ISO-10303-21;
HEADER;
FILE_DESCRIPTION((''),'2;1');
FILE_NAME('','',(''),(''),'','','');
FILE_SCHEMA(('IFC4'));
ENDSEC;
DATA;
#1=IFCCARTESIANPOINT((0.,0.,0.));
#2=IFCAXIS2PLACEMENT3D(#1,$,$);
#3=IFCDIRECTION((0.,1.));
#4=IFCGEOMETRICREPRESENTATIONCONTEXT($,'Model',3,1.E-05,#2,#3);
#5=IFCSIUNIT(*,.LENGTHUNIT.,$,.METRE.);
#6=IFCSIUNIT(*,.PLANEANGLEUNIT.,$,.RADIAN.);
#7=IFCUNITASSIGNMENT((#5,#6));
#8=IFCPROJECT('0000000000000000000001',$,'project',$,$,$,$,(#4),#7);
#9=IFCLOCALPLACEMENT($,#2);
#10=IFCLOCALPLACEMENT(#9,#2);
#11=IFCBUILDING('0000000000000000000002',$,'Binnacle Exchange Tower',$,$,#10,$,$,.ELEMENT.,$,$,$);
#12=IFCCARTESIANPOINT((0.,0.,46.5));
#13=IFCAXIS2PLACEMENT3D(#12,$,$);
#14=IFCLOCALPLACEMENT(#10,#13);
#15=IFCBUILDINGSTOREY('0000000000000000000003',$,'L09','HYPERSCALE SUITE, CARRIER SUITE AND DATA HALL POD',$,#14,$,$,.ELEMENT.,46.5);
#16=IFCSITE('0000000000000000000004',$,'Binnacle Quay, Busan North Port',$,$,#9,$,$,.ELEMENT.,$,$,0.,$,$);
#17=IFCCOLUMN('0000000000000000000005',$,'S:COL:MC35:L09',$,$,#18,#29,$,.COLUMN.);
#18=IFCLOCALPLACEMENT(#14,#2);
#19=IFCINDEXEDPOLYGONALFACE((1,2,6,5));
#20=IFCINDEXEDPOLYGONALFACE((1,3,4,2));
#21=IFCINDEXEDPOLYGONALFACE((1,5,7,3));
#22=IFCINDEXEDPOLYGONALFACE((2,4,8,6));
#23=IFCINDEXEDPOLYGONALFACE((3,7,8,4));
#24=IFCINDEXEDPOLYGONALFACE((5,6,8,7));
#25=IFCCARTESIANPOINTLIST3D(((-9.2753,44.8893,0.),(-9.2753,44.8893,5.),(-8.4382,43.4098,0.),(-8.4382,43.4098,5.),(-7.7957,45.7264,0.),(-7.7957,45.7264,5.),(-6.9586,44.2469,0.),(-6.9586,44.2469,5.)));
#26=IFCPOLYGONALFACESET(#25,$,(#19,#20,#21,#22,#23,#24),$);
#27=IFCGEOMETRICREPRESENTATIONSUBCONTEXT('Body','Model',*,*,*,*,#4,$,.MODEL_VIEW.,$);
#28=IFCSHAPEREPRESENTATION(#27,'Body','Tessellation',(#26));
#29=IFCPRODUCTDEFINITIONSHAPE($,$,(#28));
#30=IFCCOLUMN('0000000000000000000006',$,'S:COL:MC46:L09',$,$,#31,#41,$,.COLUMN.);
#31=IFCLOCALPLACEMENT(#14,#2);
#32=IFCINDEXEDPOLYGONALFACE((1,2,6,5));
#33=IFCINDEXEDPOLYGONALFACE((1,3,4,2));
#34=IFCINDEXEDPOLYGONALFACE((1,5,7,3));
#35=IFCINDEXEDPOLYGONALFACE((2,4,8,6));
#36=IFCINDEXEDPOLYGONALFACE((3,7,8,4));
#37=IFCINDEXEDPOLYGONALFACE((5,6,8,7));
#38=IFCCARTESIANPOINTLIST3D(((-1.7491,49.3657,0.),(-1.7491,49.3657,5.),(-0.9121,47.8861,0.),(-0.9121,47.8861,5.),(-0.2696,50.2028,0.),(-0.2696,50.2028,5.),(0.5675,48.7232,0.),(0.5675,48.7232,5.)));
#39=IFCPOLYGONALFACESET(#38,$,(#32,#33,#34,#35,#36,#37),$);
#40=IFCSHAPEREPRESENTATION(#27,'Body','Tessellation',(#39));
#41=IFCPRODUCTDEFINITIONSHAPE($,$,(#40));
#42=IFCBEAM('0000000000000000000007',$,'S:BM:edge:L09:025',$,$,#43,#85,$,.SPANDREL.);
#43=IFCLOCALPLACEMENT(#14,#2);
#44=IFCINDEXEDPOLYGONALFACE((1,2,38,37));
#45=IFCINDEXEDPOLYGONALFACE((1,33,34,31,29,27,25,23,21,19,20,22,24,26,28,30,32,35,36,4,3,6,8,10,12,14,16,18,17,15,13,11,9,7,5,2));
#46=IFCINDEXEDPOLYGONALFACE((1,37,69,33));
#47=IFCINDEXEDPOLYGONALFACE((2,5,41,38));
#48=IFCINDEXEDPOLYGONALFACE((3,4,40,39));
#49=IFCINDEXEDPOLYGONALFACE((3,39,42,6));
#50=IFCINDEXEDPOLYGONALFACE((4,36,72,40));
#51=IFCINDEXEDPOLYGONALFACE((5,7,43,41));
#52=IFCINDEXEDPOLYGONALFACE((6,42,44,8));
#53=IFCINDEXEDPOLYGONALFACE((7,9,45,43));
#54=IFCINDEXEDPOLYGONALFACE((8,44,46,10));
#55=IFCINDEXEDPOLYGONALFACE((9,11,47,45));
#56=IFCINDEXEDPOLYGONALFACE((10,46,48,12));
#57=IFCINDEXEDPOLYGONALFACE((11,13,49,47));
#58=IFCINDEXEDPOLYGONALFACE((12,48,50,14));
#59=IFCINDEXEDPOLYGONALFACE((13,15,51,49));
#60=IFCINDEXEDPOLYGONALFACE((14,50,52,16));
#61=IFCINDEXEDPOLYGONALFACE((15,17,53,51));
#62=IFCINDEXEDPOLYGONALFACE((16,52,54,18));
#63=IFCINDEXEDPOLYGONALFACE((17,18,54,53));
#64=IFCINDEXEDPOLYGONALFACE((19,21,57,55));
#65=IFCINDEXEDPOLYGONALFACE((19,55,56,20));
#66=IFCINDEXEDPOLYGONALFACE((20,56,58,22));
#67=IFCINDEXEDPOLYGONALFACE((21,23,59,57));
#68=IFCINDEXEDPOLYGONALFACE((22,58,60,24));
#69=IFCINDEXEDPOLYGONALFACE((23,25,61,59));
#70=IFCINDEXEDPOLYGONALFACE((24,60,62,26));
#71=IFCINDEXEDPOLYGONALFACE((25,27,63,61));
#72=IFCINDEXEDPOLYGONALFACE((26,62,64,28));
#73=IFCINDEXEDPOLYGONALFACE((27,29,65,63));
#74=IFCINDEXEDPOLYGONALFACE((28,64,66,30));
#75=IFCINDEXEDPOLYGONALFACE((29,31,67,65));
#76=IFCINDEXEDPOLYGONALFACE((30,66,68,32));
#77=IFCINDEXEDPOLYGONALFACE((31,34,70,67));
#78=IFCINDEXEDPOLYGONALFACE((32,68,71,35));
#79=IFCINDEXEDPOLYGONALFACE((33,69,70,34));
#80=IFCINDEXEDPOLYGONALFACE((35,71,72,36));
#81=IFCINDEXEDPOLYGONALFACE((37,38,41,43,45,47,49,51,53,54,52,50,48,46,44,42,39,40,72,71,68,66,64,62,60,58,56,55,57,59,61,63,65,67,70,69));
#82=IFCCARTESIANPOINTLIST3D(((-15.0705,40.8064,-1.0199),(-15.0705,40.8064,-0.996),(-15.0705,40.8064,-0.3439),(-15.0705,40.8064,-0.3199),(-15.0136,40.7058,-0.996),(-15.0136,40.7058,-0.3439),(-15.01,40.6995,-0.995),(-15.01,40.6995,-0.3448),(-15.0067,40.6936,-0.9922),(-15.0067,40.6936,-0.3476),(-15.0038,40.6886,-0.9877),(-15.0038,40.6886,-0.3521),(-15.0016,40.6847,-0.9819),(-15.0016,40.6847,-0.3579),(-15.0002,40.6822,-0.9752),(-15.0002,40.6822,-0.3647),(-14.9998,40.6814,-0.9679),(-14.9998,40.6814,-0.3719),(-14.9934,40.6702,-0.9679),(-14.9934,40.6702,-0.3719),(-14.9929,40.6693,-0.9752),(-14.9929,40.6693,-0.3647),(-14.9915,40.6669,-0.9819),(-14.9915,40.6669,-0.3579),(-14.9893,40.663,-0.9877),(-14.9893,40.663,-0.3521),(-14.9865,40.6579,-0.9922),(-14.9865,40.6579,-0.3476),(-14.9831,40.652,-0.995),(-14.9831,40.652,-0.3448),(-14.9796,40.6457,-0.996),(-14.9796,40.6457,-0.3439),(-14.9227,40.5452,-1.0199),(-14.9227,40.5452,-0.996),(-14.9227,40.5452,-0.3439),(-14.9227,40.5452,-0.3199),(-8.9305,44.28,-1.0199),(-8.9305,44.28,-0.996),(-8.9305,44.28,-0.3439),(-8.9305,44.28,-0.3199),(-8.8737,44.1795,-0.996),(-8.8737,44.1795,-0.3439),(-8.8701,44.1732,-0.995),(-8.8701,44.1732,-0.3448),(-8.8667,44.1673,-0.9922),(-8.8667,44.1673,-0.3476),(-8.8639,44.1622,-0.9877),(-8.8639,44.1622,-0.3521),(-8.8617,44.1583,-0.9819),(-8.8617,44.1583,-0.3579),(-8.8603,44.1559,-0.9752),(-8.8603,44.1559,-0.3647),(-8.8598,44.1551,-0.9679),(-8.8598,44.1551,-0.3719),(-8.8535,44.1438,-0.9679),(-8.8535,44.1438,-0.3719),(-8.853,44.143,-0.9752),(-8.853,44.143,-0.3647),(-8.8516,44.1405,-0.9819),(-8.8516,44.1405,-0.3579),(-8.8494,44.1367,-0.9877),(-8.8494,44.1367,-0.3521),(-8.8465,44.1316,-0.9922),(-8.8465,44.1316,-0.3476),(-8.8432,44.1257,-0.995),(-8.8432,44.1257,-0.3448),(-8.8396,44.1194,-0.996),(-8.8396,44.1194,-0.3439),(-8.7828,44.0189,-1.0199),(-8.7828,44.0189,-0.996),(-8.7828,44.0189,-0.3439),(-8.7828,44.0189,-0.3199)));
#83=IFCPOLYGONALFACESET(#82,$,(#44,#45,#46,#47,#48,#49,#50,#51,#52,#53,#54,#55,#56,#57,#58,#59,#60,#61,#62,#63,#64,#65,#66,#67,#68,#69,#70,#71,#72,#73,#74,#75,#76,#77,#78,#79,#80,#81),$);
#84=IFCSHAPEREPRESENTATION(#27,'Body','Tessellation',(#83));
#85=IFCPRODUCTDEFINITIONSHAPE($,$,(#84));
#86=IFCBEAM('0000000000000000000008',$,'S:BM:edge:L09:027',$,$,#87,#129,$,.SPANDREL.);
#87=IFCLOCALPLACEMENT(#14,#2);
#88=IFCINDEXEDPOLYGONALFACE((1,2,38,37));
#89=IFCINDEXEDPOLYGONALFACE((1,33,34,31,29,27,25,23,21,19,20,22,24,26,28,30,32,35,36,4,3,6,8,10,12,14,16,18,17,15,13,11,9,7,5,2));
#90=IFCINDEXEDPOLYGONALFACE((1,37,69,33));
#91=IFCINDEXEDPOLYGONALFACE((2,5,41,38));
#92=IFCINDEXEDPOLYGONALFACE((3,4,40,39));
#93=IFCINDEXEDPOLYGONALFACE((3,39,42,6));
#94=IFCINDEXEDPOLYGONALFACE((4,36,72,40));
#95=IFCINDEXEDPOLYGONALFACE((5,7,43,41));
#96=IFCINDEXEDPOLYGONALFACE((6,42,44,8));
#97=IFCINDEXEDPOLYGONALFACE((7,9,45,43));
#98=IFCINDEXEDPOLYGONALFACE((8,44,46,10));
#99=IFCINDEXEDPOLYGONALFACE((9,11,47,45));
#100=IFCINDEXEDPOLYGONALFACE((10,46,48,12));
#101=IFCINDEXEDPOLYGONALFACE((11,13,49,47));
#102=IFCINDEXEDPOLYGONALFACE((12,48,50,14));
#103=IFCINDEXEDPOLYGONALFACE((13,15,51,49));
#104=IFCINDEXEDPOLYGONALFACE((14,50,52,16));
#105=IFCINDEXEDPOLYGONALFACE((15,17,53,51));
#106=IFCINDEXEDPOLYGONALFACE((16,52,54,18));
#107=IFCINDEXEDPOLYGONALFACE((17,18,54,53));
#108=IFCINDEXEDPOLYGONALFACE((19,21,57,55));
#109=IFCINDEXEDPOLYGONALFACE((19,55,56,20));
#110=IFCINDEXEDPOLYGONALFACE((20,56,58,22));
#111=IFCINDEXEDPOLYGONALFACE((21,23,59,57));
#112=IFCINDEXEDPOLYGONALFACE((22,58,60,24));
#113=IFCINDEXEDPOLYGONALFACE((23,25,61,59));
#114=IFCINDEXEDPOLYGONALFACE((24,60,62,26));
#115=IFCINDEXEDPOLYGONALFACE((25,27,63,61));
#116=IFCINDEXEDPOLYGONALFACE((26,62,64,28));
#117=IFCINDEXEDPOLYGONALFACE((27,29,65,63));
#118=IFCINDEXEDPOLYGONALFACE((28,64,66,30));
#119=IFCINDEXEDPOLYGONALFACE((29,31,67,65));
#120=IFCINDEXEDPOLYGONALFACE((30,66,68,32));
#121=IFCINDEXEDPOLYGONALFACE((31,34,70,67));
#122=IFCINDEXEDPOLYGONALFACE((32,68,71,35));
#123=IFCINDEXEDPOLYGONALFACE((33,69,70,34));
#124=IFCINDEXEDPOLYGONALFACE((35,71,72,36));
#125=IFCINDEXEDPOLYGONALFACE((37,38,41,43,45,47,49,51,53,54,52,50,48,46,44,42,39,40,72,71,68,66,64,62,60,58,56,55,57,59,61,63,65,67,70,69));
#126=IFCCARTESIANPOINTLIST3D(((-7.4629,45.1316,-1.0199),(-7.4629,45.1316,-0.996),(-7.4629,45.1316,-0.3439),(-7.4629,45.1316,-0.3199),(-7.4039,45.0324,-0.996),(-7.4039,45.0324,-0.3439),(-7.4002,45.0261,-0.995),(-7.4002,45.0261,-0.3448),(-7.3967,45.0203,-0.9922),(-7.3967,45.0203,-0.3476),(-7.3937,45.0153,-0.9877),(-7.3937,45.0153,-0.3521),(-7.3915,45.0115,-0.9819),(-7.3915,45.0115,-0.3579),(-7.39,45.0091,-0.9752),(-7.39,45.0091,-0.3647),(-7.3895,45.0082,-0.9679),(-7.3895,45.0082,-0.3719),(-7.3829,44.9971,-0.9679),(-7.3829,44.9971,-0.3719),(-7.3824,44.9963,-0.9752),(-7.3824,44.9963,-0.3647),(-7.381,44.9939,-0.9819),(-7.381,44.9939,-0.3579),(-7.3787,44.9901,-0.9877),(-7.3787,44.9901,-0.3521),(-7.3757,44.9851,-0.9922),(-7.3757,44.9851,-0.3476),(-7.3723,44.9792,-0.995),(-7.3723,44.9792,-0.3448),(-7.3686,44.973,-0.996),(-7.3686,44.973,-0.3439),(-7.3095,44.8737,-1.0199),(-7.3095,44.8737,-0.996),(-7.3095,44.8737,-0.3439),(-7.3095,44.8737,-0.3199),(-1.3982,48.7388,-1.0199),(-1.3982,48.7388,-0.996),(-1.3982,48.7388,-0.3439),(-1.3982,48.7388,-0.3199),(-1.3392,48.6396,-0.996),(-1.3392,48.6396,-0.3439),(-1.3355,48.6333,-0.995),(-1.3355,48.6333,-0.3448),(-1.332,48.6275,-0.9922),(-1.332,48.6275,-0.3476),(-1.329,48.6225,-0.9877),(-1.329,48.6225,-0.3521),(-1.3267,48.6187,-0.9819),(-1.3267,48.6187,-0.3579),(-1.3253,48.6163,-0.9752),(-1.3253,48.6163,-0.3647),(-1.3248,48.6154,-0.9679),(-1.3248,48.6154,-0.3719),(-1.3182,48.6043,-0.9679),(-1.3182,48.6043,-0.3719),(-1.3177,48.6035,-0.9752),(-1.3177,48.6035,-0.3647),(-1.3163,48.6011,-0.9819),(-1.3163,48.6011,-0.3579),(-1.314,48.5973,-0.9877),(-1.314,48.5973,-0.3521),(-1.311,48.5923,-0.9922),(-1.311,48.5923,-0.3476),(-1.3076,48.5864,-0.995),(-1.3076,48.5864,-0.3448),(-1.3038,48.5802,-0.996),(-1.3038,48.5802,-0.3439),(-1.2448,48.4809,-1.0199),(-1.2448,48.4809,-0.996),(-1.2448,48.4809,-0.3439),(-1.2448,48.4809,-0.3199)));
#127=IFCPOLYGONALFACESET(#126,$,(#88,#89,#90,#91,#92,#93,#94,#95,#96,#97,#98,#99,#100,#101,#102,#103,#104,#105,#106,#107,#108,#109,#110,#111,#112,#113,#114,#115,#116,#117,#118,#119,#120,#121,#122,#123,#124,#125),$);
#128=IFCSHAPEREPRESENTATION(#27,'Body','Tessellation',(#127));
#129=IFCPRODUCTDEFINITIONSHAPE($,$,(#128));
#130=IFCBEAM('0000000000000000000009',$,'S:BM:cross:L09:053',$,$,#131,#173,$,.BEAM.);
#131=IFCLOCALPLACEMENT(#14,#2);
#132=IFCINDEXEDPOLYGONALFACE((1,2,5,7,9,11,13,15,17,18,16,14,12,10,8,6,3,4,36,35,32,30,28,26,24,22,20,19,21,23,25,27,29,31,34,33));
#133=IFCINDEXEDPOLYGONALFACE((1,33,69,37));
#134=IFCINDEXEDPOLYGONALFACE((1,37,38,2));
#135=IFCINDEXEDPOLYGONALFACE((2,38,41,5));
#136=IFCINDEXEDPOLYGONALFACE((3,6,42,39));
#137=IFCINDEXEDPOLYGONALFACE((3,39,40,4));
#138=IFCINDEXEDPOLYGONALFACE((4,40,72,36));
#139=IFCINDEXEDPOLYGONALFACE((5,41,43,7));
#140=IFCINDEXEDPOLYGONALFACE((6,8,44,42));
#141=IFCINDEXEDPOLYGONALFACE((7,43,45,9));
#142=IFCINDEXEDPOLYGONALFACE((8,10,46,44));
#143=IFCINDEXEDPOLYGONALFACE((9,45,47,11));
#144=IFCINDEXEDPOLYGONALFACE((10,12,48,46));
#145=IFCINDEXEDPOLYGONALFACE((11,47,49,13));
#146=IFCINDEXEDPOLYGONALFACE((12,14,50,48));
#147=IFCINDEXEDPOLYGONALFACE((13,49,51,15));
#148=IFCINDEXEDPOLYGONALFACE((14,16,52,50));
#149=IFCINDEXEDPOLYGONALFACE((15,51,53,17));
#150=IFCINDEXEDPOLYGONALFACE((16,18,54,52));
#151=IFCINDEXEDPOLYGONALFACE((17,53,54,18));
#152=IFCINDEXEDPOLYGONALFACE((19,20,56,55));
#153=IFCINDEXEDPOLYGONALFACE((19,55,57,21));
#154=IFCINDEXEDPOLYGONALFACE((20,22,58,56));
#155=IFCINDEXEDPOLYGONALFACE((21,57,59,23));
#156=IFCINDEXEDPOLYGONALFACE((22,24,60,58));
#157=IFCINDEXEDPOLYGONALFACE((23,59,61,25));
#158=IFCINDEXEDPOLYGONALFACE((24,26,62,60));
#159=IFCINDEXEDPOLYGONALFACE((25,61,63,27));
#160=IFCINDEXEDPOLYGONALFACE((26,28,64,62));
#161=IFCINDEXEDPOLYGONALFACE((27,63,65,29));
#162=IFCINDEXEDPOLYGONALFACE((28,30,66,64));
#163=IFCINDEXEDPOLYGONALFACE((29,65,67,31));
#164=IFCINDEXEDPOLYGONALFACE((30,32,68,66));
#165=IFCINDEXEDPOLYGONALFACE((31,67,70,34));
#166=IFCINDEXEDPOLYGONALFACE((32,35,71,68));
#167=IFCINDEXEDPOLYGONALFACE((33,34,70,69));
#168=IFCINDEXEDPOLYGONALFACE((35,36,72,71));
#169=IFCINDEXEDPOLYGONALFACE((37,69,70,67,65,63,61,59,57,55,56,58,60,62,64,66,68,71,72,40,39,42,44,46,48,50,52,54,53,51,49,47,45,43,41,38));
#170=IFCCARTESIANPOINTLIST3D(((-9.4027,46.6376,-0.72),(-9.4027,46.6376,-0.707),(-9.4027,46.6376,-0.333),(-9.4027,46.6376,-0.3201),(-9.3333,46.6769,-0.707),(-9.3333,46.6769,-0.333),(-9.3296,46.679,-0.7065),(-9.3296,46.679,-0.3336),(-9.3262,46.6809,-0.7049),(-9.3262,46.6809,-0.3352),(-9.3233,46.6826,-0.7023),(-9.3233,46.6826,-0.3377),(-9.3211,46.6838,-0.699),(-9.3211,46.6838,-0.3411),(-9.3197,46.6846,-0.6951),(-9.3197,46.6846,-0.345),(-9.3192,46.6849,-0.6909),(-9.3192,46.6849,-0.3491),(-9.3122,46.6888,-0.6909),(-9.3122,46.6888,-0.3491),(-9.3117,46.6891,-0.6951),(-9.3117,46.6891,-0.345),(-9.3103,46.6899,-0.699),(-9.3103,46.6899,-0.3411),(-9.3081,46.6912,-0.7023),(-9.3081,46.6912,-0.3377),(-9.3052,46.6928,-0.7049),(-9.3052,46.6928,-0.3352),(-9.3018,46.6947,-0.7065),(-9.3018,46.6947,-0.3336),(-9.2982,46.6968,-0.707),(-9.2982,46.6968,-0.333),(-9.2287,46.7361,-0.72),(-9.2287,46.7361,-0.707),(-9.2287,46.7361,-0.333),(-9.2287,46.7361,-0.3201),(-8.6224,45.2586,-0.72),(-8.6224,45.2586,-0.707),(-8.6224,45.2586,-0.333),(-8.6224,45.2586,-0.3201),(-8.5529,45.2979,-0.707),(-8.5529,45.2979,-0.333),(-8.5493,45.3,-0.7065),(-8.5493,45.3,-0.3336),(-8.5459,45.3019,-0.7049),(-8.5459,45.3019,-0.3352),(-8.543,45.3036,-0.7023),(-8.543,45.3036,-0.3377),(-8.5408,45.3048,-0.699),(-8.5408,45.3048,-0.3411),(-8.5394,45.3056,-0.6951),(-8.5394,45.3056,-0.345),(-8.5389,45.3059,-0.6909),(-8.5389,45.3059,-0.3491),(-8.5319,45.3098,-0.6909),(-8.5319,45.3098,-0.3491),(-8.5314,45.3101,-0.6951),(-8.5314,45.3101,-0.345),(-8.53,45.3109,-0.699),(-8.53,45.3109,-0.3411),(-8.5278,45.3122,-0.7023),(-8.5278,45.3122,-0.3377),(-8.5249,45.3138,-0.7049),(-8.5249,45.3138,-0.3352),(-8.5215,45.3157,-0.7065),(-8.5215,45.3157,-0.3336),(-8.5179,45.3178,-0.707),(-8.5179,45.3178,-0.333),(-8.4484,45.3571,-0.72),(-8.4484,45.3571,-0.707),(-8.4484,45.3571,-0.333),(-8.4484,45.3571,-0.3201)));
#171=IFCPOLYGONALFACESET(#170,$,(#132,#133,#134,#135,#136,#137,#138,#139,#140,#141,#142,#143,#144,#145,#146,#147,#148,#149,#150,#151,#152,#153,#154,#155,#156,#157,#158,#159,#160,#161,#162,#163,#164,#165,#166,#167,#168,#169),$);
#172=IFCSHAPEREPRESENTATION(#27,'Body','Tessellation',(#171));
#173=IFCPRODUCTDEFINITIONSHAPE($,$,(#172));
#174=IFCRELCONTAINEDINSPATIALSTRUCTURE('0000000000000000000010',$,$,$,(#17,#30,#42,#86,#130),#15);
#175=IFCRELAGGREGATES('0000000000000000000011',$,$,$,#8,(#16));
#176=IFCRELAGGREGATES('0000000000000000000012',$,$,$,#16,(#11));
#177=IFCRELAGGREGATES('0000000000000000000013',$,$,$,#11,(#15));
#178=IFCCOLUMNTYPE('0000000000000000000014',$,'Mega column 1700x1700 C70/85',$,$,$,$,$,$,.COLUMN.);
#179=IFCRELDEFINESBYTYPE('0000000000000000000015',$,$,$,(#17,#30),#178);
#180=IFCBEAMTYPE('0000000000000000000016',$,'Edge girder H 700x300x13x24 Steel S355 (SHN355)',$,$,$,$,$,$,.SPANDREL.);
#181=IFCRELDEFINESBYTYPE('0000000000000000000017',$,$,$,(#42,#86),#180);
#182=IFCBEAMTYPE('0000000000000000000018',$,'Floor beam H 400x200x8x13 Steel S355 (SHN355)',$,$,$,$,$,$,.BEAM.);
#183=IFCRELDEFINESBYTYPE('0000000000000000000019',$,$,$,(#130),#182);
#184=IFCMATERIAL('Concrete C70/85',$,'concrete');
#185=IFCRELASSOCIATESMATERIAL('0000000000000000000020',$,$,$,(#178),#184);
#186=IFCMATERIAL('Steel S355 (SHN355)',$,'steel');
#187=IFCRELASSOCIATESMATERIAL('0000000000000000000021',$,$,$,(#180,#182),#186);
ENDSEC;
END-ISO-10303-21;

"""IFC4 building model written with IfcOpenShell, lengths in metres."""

from ifc_helpers import new_model, si_unit, direction, frame, origin, origin_2d, place, context, subcontext, project, spatial, rectangle, i_section, extrude, material, material_profile, profile_set, type_object, element, save


model = new_model("IFC4")

# Units and contexts
model_context = context("Model", 3, precision=1e-05, world=origin(), true_north=direction((0.0, 1.0)))
body_context = subcontext(model_context, "Body", "Model", "MODEL_VIEW")
ifc_project = project(units=[si_unit("LENGTHUNIT", "METRE"), si_unit("PLANEANGLEUNIT", "RADIAN")], contexts=[model_context])

# Site, building, storey
site_placement = place(None, origin())
site = spatial("IfcSite", under=ifc_project, at=site_placement, Name="Binnacle Quay, Busan North Port", CompositionType="ELEMENT", RefElevation=0.0)
building_placement = place(site_placement, origin())
building = spatial("IfcBuilding", under=site, at=building_placement, Name="Binnacle Exchange Tower", CompositionType="ELEMENT")
storey_placement = place(building_placement, frame((0.0, 0.0, 46.5)))
storey = spatial("IfcBuildingStorey", under=building, at=storey_placement, Name="L09", Description="HYPERSCALE SUITE, CARRIER SUITE AND DATA HALL POD", CompositionType="ELEMENT", Elevation=46.5)

# Columns
ifc_material_1 = material(Name="Concrete C70/85", Category="concrete")
ifc_material_profile_1 = material_profile(ifc_material_1, rectangle(XDim=1.7, YDim=1.7, at=origin_2d()), Name="Mega column 1700x1700 C70/85")
ifc_profile_set_1 = profile_set([ifc_material_profile_1], Name="Concrete C70/85")
column_type = type_object("IfcColumnType", Name="Mega column 1700x1700 C70/85", PredefinedType="COLUMN", material=ifc_profile_set_1)
for number, where, z_axis, x_axis, name in (
    (1, (-8.1169, 44.5681, 0.0), (0.0, 0.0, 1.0), (0.870356, 0.492424, 0.0), "S:COL:MC35:L09"),
    (2, (-0.5908, 49.0444, 0.0), (0.0, 0.0, 1.0), (0.870356, 0.492424, 0.0), "S:COL:MC46:L09"),
):
    element("IfcColumn", number, at=place(storey_placement, frame(where, z_axis=z_axis, x_axis=x_axis)), inside=storey, type_object=column_type, Name=name, PredefinedType="COLUMN", context=body_context, shape_type="SweptSolid", body=[
        extrude(rectangle(XDim=1.7, YDim=1.7, at=origin_2d()), origin(), (0.0, 0.0, 1.0), 5.0),
    ])

# Beams
ifc_material_2 = material(Name="Steel S355 (SHN355)", Category="steel")
ifc_material_profile_2 = material_profile(ifc_material_2, i_section(OverallWidth=0.3, OverallDepth=0.7, WebThickness=0.0129, FlangeThickness=0.0239, FilletRadius=0.0281, at=origin_2d()), Name="H 700x300x13x24")
ifc_profile_set_2 = profile_set([ifc_material_profile_2], Name="Steel S355 (SHN355)")
beam_type_1 = type_object("IfcBeamType", Name="Edge girder H 700x300x13x24 Steel S355 (SHN355)", PredefinedType="SPANDREL", material=ifc_profile_set_2)
beam_1_placement = place(storey_placement, frame((-14.9966, 40.6758, -0.6699), z_axis=(0.870365, 0.492407, 0.0), x_axis=(-0.492407, 0.870365, 0.0)))
element("IfcBeam", 3, at=beam_1_placement, inside=storey, type_object=beam_type_1, Name="S:BM:edge:L09:025", PredefinedType="SPANDREL", context=body_context, shape_type="SweptSolid", body=[
    extrude(i_section(OverallWidth=0.3, OverallDepth=0.7, WebThickness=0.0129, FlangeThickness=0.0239, FilletRadius=0.0281, at=origin_2d()), origin(), (0.0, 0.0, 1.0), 7.0544),
])
beam_2_placement = place(storey_placement, frame((-7.3862, 45.0027, -0.6699), z_axis=(0.859465, 0.511195, 0.0), x_axis=(-0.511195, 0.859465, 0.0)))
element("IfcBeam", 4, at=beam_2_placement, inside=storey, type_object=beam_type_1, Name="S:BM:edge:L09:027", PredefinedType="SPANDREL", context=body_context, shape_type="SweptSolid", body=[
    extrude(i_section(OverallWidth=0.3, OverallDepth=0.7, WebThickness=0.0129, FlangeThickness=0.0239, FilletRadius=0.0281, at=origin_2d()), origin(), (0.0, 0.0, 1.0), 7.0564),
])
ifc_material_profile_3 = material_profile(ifc_material_2, i_section(OverallWidth=0.2, OverallDepth=0.3999, WebThickness=0.0081, FlangeThickness=0.0129, FilletRadius=0.0161, at=origin_2d()), Name="H 400x200x8x13")
ifc_profile_set_3 = profile_set([ifc_material_profile_3], Name="Steel S355 (SHN355)")
beam_type_2 = type_object("IfcBeamType", Name="Floor beam H 400x200x8x13 Steel S355 (SHN355)", PredefinedType="BEAM", material=ifc_profile_set_3)
beam_3_placement = place(storey_placement, frame((-8.5354, 45.3079, -0.52), z_axis=(-0.492484, 0.870322, 0.0), x_axis=(-0.870322, -0.492484, 0.0)))
element("IfcBeam", 5, at=beam_3_placement, inside=storey, type_object=beam_type_2, Name="S:BM:cross:L09:053", PredefinedType="BEAM", context=body_context, shape_type="SweptSolid", body=[
    extrude(i_section(OverallWidth=0.2, OverallDepth=0.3999, WebThickness=0.0081, FlangeThickness=0.0129, FilletRadius=0.0161, at=origin_2d()), origin(), (0.0, 0.0, 1.0), 1.5845),
])

save(model, "model.ifc")
